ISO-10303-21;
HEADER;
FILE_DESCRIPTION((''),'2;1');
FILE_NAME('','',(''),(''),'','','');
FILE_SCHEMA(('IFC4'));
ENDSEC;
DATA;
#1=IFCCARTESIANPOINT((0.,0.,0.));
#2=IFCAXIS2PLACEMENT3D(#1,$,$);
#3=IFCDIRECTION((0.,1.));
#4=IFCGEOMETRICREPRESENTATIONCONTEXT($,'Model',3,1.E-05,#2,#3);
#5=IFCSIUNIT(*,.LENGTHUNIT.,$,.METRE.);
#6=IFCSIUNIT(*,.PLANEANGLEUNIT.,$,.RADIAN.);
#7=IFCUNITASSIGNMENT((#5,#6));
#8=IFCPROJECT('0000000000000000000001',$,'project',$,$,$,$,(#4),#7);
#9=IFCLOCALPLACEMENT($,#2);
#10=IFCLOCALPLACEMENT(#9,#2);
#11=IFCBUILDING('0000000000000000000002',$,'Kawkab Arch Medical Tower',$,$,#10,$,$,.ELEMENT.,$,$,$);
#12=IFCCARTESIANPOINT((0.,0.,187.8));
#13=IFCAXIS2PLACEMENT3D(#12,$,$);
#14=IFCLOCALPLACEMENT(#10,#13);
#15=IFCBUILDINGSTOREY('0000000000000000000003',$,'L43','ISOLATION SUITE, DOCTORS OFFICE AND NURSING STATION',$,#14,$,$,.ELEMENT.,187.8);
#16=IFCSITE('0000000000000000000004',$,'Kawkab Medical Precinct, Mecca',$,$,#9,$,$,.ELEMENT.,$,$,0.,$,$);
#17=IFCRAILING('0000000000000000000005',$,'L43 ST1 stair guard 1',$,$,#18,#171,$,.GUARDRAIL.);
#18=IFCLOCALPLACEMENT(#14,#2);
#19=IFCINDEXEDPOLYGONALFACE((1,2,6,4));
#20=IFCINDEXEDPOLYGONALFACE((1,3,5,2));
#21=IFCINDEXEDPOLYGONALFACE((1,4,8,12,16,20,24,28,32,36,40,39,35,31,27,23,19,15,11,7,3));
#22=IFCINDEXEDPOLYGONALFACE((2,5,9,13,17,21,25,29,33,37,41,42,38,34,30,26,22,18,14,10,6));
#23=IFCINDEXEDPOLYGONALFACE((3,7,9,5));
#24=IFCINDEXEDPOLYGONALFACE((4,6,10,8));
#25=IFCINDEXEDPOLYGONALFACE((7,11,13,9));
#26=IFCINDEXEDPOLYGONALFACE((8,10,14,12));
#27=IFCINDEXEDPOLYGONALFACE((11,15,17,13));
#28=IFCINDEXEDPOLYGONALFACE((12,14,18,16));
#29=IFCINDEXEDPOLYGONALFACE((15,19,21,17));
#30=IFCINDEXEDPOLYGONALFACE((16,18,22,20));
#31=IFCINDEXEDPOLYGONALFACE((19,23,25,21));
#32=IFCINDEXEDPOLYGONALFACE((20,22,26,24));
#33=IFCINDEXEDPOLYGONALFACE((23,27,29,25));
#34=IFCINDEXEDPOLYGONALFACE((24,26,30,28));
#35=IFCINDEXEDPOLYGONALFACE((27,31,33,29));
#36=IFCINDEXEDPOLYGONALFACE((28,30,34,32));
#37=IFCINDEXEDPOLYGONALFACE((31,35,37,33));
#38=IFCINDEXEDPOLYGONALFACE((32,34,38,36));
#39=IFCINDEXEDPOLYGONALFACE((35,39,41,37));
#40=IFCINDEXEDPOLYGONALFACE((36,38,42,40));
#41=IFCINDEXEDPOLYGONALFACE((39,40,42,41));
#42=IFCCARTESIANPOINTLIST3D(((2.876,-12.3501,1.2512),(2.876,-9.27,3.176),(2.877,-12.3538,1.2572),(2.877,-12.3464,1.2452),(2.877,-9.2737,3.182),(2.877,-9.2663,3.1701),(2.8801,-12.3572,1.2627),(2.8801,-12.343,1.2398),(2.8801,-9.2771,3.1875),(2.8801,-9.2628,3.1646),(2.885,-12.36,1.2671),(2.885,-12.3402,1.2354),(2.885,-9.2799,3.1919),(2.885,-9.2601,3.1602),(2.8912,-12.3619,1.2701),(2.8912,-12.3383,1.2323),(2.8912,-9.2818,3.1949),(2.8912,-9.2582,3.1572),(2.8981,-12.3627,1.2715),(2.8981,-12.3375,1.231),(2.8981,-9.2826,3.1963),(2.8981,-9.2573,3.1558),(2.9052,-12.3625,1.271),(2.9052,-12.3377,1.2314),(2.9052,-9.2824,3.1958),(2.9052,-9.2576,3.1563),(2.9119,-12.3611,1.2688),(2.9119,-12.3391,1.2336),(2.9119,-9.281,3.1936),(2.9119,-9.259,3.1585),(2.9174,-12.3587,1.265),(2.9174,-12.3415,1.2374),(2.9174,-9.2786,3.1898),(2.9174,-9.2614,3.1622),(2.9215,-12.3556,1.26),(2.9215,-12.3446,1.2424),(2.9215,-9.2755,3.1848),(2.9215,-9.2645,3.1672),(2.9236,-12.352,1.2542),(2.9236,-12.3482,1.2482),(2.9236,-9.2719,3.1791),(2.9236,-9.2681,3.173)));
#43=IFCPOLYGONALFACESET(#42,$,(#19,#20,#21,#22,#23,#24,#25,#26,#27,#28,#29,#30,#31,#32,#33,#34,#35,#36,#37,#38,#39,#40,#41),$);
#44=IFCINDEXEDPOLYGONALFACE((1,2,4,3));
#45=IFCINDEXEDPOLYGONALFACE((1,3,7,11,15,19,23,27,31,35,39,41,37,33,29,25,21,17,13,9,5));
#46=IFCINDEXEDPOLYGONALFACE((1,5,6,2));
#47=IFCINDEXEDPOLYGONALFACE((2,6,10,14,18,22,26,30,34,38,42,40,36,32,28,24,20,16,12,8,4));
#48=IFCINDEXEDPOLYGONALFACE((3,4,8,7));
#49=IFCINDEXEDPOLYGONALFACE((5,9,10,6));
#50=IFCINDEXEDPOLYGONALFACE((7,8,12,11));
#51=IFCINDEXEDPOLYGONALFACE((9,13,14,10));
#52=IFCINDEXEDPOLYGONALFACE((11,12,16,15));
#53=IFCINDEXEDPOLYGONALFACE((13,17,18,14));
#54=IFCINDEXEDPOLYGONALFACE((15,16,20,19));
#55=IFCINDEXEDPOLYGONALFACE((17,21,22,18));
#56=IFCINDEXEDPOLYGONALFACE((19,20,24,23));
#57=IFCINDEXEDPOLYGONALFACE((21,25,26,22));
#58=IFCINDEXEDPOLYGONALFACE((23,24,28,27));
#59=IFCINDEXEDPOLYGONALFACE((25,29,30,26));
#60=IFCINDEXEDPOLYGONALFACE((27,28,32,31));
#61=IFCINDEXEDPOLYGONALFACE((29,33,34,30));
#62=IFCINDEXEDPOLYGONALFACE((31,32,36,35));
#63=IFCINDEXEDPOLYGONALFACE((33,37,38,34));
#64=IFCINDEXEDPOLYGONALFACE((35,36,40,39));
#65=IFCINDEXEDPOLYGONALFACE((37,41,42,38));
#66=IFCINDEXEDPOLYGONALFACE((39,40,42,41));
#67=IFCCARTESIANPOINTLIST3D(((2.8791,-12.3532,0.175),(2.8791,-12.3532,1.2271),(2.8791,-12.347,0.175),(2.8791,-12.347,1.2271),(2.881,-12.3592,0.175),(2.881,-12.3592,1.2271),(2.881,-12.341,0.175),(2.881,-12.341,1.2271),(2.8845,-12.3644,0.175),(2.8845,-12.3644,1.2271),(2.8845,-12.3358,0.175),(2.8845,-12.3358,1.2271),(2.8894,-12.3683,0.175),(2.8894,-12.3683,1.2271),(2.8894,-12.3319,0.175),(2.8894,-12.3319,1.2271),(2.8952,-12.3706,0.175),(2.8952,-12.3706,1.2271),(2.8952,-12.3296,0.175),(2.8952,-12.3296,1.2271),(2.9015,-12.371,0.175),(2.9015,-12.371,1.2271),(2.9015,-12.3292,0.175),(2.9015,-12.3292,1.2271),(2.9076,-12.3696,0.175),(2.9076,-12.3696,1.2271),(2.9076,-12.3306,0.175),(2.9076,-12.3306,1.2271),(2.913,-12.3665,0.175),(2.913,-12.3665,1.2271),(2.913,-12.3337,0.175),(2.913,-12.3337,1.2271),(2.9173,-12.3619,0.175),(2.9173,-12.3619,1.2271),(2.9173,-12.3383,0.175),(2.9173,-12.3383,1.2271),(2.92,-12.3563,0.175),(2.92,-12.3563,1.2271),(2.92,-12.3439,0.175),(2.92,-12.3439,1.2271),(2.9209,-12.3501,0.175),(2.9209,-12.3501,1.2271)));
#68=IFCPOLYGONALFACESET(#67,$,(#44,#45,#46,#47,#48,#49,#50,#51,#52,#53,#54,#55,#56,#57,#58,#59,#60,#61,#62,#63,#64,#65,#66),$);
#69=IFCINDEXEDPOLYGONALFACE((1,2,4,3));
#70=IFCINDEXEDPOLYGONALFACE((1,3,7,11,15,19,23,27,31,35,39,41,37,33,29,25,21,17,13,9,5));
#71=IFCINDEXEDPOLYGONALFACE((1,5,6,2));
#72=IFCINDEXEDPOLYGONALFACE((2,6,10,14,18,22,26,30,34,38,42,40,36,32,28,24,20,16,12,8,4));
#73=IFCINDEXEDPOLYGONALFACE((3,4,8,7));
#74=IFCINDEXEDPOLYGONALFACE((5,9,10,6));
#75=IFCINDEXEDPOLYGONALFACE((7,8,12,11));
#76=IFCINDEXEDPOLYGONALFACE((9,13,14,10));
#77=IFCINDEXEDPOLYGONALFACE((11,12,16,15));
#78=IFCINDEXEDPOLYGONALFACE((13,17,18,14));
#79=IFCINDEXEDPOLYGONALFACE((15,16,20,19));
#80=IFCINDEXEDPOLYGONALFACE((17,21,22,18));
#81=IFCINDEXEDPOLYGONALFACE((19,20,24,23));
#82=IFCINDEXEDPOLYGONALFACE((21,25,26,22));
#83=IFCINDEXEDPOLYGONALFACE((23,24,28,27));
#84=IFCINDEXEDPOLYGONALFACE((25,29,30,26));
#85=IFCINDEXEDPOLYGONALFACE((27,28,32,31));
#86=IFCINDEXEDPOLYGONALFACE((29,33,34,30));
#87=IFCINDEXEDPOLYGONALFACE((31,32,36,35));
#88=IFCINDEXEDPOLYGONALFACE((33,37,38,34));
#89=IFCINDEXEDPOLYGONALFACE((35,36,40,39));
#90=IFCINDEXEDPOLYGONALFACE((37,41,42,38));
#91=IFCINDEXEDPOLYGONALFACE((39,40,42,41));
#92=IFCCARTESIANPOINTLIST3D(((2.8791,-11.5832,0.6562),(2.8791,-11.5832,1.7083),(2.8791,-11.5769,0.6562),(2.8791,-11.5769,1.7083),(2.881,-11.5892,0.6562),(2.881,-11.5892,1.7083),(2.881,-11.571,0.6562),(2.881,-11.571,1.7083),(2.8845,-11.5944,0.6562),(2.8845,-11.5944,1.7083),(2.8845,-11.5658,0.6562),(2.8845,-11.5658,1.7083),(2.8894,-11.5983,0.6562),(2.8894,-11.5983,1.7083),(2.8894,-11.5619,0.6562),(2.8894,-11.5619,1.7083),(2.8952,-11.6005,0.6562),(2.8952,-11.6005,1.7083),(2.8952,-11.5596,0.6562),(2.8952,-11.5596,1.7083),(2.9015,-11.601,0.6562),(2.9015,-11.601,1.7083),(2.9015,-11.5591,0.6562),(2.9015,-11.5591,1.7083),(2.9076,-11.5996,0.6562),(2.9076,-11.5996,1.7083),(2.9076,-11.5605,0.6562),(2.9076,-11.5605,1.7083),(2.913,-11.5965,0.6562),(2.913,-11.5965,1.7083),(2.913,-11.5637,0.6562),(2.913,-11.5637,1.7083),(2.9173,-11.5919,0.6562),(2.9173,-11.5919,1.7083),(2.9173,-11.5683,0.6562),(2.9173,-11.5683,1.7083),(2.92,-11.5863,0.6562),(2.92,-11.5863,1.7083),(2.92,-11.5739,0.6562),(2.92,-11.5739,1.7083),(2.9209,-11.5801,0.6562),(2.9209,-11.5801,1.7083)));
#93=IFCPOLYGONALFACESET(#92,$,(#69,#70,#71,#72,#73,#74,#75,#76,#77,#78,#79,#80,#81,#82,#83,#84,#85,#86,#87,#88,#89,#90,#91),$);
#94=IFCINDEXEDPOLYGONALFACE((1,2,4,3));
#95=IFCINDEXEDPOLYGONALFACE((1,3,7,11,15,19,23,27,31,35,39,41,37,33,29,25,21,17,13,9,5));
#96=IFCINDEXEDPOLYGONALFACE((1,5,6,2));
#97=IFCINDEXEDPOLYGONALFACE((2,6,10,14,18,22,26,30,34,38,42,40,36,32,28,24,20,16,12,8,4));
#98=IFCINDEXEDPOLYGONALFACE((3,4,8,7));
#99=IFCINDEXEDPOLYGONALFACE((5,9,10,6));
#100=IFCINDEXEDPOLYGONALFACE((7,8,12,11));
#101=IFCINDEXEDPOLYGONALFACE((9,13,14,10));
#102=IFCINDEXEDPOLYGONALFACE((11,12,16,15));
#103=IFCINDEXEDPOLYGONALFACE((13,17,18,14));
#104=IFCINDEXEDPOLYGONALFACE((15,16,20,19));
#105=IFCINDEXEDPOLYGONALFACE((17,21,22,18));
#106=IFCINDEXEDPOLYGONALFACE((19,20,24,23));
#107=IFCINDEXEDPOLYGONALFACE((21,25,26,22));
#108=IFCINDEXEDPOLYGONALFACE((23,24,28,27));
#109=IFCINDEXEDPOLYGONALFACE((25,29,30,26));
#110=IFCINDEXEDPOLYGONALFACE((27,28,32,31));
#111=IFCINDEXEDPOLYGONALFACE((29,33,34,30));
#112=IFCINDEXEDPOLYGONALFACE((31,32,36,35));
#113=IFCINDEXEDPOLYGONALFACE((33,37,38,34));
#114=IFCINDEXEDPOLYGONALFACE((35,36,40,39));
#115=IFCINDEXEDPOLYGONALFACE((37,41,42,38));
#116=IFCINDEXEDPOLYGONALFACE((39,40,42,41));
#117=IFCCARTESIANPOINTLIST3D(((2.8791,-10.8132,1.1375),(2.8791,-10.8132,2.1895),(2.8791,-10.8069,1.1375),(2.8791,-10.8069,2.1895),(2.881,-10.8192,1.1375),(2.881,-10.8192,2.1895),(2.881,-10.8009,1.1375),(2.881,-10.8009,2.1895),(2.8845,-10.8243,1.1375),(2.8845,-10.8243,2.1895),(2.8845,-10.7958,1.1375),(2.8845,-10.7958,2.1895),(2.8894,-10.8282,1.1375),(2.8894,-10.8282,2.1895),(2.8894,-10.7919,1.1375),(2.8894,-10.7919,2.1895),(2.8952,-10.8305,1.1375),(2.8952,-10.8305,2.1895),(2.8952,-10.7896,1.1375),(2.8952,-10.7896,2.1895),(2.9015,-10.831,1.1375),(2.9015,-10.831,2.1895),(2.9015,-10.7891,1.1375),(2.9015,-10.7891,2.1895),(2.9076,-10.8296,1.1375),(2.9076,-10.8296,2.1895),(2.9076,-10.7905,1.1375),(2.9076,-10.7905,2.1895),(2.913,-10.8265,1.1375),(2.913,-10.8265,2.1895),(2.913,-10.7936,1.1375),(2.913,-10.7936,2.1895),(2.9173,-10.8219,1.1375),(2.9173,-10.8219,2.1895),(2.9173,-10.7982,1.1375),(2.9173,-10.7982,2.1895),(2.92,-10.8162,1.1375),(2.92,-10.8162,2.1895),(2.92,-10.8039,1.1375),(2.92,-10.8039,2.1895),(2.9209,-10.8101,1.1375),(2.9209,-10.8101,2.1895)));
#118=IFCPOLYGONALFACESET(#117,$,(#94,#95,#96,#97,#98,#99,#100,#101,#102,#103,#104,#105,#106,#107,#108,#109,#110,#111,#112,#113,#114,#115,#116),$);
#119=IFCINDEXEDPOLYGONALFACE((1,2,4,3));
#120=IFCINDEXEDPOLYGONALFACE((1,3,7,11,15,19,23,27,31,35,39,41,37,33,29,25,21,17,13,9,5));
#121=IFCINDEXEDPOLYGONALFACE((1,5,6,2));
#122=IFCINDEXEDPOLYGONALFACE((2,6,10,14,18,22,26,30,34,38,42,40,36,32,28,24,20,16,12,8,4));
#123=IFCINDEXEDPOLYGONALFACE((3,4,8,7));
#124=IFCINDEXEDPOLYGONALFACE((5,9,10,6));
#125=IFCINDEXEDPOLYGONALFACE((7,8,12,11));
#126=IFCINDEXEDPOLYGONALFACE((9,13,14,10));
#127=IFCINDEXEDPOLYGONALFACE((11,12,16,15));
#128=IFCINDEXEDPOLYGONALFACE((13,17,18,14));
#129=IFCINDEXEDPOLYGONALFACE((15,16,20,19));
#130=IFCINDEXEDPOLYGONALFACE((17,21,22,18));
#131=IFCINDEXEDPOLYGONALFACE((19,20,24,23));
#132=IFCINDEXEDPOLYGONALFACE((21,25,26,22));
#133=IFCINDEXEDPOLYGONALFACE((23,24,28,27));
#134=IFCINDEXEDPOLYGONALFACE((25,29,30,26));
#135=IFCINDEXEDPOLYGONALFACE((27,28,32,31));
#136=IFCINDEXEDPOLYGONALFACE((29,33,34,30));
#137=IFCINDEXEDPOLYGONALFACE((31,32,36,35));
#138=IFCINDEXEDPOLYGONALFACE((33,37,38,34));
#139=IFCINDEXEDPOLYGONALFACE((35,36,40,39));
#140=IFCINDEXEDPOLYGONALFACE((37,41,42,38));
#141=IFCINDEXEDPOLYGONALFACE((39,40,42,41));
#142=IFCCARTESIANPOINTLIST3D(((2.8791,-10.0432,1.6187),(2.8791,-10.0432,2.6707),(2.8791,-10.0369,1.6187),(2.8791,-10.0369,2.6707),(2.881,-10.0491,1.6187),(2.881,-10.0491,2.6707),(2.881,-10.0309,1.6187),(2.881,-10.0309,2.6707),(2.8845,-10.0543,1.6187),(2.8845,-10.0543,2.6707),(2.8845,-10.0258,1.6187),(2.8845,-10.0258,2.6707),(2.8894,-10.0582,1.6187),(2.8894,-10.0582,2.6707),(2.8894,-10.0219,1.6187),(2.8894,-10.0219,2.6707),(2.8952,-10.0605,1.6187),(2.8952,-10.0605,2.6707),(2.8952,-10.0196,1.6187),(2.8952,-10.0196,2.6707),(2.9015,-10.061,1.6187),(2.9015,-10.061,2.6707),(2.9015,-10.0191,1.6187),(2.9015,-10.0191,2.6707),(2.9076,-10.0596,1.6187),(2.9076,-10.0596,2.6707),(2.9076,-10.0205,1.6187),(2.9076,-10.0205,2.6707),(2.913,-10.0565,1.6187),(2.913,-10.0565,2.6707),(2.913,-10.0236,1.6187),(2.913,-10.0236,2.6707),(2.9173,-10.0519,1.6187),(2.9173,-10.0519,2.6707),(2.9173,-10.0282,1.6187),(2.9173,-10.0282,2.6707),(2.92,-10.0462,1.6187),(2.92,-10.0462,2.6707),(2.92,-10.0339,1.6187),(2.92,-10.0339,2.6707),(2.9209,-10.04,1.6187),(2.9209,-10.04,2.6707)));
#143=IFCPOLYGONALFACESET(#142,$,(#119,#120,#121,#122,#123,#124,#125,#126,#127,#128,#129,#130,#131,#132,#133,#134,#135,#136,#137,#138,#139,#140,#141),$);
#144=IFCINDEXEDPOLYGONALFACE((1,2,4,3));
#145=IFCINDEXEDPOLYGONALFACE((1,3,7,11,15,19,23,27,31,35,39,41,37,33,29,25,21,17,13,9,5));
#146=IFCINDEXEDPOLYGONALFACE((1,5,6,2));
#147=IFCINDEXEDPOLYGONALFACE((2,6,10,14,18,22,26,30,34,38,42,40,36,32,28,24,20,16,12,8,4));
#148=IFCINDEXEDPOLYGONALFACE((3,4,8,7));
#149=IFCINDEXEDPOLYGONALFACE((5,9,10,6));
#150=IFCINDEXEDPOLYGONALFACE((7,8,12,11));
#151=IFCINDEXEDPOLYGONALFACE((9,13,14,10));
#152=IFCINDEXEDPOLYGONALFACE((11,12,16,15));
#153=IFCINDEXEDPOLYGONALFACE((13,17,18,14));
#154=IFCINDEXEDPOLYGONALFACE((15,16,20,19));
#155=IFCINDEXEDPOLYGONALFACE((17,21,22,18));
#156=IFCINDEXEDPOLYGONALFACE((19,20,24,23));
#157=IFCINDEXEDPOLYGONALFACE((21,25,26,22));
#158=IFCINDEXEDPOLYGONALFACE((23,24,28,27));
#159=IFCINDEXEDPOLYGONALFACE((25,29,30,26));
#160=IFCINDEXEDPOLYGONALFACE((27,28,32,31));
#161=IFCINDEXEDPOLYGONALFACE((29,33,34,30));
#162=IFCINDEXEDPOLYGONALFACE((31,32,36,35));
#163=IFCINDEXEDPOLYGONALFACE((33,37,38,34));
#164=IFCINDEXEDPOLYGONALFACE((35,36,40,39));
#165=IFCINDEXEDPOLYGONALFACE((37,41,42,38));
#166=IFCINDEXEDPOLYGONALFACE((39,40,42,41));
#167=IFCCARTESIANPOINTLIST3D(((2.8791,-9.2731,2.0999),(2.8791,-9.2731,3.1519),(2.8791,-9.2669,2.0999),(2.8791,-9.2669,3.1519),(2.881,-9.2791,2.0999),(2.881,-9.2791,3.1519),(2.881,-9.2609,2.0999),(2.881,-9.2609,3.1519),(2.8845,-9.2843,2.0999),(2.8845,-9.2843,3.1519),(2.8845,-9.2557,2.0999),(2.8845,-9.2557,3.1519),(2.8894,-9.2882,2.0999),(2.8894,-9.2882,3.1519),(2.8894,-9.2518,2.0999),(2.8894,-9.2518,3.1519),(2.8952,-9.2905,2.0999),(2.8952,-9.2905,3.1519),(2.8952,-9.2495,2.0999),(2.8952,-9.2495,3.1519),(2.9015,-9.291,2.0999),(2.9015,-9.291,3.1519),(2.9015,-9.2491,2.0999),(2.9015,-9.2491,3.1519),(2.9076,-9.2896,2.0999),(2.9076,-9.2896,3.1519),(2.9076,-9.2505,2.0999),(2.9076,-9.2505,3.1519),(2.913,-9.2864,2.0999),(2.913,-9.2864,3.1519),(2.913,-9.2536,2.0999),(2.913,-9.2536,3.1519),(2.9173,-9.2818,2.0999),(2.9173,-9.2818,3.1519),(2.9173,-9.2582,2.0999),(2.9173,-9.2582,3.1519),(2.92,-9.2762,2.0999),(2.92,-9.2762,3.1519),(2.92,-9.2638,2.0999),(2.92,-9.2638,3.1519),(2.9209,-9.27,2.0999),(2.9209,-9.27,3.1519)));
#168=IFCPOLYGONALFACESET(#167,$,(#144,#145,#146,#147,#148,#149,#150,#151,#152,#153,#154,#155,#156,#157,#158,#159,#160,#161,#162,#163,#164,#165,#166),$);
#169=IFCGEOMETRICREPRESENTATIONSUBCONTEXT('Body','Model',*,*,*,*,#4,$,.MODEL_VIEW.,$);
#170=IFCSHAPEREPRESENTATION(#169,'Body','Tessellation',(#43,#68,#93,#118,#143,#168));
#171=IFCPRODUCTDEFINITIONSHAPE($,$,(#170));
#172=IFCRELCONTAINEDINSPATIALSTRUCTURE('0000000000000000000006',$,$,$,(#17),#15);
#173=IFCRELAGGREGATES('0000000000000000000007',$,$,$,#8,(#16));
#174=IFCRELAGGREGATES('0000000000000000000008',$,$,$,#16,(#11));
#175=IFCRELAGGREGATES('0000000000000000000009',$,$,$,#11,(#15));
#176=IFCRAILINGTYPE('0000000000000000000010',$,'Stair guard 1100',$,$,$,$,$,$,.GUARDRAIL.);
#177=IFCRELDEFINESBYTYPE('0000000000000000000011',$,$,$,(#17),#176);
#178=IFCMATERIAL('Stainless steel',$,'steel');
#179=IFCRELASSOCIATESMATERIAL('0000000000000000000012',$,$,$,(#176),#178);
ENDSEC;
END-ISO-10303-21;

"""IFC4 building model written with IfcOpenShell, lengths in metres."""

from ifc_helpers import new_model, si_unit, direction, frame, origin, origin_2d, place, context, subcontext, project, spatial, circle, extrude, material, type_object, element, save


model = new_model("IFC4")

# Units and contexts
model_context = context("Model", 3, precision=1e-05, world=origin(), true_north=direction((0.0, 1.0)))
body_context = subcontext(model_context, "Body", "Model", "MODEL_VIEW")
ifc_project = project(units=[si_unit("LENGTHUNIT", "METRE"), si_unit("PLANEANGLEUNIT", "RADIAN")], contexts=[model_context])

# Site, building, storey
site_placement = place(None, origin())
site = spatial("IfcSite", under=ifc_project, at=site_placement, Name="Kawkab Medical Precinct, Mecca", CompositionType="ELEMENT", RefElevation=0.0)
building_placement = place(site_placement, origin())
building = spatial("IfcBuilding", under=site, at=building_placement, Name="Kawkab Arch Medical Tower", CompositionType="ELEMENT")
storey_placement = place(building_placement, frame((0.0, 0.0, 187.8)))
storey = spatial("IfcBuildingStorey", under=building, at=storey_placement, Name="L43", Description="ISOLATION SUITE, DOCTORS OFFICE AND NURSING STATION", CompositionType="ELEMENT", Elevation=187.8)

# Railing
ifc_material_1 = material(Name="Stainless steel", Category="steel")
railing_type = type_object("IfcRailingType", Name="Stair guard 1100", PredefinedType="GUARDRAIL", material=ifc_material_1)
railing_1_placement = place(storey_placement, frame((2.8999, -12.3501, 0.175)))
element("IfcRailing", 1, at=railing_1_placement, inside=storey, type_object=railing_type, Name="L43 ST1 stair guard 1", PredefinedType="GUARDRAIL", context=body_context, shape_type="SweptSolid", body=[
    extrude(circle(Radius=0.0239, at=origin_2d()), frame((0.0, 0.0, 1.0762), z_axis=(0.0, 0.848029, 0.529951), x_axis=(-1.0, 0.0, 0.0)), (0.0, 0.0, 1.0), 3.6321),
    extrude(circle(Radius=0.021, at=origin_2d()), origin(), (0.0, 0.0, 1.0), 1.052),
    extrude(circle(Radius=0.021, at=origin_2d()), frame((0.0, 0.77, 0.4812)), (0.0, 0.0, 1.0), 1.052),
    extrude(circle(Radius=0.021, at=origin_2d()), frame((0.0, 1.54, 0.9624)), (0.0, 0.0, 1.0), 1.052),
    extrude(circle(Radius=0.021, at=origin_2d()), frame((0.0, 2.3101, 1.4436)), (0.0, 0.0, 1.0), 1.052),
    extrude(circle(Radius=0.021, at=origin_2d()), frame((0.0, 3.0801, 1.9248)), (0.0, 0.0, 1.0), 1.052),
])

save(model, "model.ifc")
